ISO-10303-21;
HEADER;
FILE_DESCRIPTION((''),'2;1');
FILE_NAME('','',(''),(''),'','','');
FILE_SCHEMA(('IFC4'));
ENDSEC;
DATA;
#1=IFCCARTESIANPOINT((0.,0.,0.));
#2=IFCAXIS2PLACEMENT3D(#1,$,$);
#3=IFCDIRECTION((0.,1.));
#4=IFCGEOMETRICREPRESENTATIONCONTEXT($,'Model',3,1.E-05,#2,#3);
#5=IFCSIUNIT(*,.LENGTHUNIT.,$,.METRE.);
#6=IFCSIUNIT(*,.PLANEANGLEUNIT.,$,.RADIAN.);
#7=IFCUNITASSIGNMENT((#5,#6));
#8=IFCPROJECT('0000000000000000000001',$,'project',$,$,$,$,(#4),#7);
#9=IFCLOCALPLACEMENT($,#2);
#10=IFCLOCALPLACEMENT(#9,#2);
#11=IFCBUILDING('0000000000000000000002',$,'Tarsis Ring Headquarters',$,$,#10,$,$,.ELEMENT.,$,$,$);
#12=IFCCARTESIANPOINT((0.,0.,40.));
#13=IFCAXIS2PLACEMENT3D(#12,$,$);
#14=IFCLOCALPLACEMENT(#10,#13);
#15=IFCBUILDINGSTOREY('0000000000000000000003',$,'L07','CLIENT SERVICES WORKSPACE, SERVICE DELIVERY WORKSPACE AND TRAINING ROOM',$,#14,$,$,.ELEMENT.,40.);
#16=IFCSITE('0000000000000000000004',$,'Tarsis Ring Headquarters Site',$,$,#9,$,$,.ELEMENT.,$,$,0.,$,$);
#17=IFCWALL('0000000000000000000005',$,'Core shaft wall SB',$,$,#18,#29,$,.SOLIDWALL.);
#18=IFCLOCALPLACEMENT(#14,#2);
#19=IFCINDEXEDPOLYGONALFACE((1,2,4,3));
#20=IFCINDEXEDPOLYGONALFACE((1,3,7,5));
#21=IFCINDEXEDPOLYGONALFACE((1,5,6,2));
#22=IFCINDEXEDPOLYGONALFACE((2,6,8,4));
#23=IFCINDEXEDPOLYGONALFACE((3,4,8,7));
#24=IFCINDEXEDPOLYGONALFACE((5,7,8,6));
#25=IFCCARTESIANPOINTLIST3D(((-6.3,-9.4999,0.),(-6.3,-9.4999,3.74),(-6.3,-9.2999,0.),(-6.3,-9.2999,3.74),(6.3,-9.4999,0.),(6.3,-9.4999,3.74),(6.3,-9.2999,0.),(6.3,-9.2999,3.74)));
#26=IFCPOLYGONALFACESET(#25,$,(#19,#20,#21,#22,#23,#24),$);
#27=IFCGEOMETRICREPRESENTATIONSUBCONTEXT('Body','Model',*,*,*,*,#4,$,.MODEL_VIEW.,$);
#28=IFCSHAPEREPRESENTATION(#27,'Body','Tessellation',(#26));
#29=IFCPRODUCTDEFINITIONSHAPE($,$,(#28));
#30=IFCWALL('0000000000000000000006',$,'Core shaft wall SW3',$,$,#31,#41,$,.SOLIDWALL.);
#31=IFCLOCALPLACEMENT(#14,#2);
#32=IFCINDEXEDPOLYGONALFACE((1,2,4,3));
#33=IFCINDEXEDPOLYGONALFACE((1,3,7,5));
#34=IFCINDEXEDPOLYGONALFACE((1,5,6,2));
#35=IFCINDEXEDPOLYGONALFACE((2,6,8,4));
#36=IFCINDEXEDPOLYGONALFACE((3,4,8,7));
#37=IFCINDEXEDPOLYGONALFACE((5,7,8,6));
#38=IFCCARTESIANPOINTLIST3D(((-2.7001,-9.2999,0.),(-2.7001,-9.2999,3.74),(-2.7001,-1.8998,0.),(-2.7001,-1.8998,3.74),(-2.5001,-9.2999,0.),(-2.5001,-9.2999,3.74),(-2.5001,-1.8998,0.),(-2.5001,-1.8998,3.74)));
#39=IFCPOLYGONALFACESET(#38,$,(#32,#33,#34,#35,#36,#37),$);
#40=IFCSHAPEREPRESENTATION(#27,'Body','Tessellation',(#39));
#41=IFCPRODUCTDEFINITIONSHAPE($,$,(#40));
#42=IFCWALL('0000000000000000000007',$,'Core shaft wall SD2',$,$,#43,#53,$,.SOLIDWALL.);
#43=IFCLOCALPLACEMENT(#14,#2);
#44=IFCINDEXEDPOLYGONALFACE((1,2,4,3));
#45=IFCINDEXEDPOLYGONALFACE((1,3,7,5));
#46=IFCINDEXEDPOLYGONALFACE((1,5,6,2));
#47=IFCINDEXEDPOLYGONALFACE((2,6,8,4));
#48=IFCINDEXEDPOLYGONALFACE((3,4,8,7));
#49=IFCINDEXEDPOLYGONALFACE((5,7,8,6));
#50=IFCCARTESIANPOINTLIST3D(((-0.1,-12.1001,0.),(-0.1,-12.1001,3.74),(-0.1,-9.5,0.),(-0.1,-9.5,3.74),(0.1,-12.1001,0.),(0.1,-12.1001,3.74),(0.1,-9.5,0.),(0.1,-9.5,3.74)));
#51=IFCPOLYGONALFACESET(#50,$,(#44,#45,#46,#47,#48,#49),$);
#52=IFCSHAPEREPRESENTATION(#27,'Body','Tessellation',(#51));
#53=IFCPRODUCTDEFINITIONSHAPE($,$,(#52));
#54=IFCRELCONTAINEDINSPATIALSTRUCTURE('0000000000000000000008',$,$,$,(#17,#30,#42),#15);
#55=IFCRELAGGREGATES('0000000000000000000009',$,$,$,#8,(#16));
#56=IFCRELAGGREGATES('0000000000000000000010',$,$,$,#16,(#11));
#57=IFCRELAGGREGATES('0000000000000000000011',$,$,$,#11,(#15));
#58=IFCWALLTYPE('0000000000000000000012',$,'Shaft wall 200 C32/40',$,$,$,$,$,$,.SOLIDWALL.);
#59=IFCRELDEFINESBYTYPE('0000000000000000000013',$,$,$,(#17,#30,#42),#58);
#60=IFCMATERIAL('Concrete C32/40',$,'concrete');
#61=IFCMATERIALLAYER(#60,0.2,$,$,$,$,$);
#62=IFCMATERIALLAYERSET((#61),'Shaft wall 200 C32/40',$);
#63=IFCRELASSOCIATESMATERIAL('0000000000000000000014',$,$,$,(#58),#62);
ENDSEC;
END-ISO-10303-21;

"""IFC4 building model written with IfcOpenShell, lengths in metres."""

from ifc_helpers import new_model, si_unit, direction, frame, frame_2d, origin, place, context, subcontext, project, spatial, rectangle, extrude, material, layer, layer_set, type_object, element, save


model = new_model("IFC4")

# Units and contexts
model_context = context("Model", 3, precision=1e-05, world=origin(), true_north=direction((0.0, 1.0)))
body_context = subcontext(model_context, "Body", "Model", "MODEL_VIEW")
ifc_project = project(units=[si_unit("LENGTHUNIT", "METRE"), si_unit("PLANEANGLEUNIT", "RADIAN")], contexts=[model_context])

# Site, building, storey
site_placement = place(None, origin())
site = spatial("IfcSite", under=ifc_project, at=site_placement, Name="Tarsis Ring Headquarters Site", CompositionType="ELEMENT", RefElevation=0.0)
building_placement = place(site_placement, origin())
building = spatial("IfcBuilding", under=site, at=building_placement, Name="Tarsis Ring Headquarters", CompositionType="ELEMENT")
storey_placement = place(building_placement, frame((0.0, 0.0, 40.0)))
storey = spatial("IfcBuildingStorey", under=building, at=storey_placement, Name="L07", Description="CLIENT SERVICES WORKSPACE, SERVICE DELIVERY WORKSPACE AND TRAINING ROOM", CompositionType="ELEMENT", Elevation=40.0)

# Walls
ifc_material_1 = material(Name="Concrete C32/40", Category="concrete")
ifc_layer_1 = layer(ifc_material_1, 0.2)
ifc_layer_set_1 = layer_set([ifc_layer_1], Name="Shaft wall 200 C32/40")
wall_type_1 = type_object("IfcWallType", Name="Shaft wall 200 C32/40", PredefinedType="SOLIDWALL", material=ifc_layer_set_1)
wall_1_placement = place(storey_placement, frame((-6.3, -9.3999, 0.0), z_axis=(0.0, 0.0, 1.0), x_axis=(1.0, 0.0, 0.0)))
element("IfcWall", 1, at=wall_1_placement, inside=storey, type_object=wall_type_1, Name="Core shaft wall SB", PredefinedType="SOLIDWALL", context=body_context, shape_type="SweptSolid", body=[
    extrude(rectangle(XDim=12.6001, YDim=0.2, at=frame_2d((6.3, 0.0))), origin(), (0.0, 0.0, 1.0), 3.74),
])
wall_2_placement = place(storey_placement, frame((-2.6001, -9.3, 0.0), z_axis=(0.0, 0.0, 1.0), x_axis=(0.0, 1.0, 0.0)))
element("IfcWall", 2, at=wall_2_placement, inside=storey, type_object=wall_type_1, Name="Core shaft wall SW3", PredefinedType="SOLIDWALL", context=body_context, shape_type="SweptSolid", body=[
    extrude(rectangle(XDim=7.4001, YDim=0.2, at=frame_2d((3.7002, 0.0))), origin(), (0.0, 0.0, 1.0), 3.74),
])
wall_3_placement = place(storey_placement, frame((0.0, -12.1001, 0.0), z_axis=(0.0, 0.0, 1.0), x_axis=(0.0, 1.0, 0.0)))
element("IfcWall", 3, at=wall_3_placement, inside=storey, type_object=wall_type_1, Name="Core shaft wall SD2", PredefinedType="SOLIDWALL", context=body_context, shape_type="SweptSolid", body=[
    extrude(rectangle(XDim=2.6001, YDim=0.2, at=frame_2d((1.3, 0.0))), origin(), (0.0, 0.0, 1.0), 3.74),
])

save(model, "model.ifc")
